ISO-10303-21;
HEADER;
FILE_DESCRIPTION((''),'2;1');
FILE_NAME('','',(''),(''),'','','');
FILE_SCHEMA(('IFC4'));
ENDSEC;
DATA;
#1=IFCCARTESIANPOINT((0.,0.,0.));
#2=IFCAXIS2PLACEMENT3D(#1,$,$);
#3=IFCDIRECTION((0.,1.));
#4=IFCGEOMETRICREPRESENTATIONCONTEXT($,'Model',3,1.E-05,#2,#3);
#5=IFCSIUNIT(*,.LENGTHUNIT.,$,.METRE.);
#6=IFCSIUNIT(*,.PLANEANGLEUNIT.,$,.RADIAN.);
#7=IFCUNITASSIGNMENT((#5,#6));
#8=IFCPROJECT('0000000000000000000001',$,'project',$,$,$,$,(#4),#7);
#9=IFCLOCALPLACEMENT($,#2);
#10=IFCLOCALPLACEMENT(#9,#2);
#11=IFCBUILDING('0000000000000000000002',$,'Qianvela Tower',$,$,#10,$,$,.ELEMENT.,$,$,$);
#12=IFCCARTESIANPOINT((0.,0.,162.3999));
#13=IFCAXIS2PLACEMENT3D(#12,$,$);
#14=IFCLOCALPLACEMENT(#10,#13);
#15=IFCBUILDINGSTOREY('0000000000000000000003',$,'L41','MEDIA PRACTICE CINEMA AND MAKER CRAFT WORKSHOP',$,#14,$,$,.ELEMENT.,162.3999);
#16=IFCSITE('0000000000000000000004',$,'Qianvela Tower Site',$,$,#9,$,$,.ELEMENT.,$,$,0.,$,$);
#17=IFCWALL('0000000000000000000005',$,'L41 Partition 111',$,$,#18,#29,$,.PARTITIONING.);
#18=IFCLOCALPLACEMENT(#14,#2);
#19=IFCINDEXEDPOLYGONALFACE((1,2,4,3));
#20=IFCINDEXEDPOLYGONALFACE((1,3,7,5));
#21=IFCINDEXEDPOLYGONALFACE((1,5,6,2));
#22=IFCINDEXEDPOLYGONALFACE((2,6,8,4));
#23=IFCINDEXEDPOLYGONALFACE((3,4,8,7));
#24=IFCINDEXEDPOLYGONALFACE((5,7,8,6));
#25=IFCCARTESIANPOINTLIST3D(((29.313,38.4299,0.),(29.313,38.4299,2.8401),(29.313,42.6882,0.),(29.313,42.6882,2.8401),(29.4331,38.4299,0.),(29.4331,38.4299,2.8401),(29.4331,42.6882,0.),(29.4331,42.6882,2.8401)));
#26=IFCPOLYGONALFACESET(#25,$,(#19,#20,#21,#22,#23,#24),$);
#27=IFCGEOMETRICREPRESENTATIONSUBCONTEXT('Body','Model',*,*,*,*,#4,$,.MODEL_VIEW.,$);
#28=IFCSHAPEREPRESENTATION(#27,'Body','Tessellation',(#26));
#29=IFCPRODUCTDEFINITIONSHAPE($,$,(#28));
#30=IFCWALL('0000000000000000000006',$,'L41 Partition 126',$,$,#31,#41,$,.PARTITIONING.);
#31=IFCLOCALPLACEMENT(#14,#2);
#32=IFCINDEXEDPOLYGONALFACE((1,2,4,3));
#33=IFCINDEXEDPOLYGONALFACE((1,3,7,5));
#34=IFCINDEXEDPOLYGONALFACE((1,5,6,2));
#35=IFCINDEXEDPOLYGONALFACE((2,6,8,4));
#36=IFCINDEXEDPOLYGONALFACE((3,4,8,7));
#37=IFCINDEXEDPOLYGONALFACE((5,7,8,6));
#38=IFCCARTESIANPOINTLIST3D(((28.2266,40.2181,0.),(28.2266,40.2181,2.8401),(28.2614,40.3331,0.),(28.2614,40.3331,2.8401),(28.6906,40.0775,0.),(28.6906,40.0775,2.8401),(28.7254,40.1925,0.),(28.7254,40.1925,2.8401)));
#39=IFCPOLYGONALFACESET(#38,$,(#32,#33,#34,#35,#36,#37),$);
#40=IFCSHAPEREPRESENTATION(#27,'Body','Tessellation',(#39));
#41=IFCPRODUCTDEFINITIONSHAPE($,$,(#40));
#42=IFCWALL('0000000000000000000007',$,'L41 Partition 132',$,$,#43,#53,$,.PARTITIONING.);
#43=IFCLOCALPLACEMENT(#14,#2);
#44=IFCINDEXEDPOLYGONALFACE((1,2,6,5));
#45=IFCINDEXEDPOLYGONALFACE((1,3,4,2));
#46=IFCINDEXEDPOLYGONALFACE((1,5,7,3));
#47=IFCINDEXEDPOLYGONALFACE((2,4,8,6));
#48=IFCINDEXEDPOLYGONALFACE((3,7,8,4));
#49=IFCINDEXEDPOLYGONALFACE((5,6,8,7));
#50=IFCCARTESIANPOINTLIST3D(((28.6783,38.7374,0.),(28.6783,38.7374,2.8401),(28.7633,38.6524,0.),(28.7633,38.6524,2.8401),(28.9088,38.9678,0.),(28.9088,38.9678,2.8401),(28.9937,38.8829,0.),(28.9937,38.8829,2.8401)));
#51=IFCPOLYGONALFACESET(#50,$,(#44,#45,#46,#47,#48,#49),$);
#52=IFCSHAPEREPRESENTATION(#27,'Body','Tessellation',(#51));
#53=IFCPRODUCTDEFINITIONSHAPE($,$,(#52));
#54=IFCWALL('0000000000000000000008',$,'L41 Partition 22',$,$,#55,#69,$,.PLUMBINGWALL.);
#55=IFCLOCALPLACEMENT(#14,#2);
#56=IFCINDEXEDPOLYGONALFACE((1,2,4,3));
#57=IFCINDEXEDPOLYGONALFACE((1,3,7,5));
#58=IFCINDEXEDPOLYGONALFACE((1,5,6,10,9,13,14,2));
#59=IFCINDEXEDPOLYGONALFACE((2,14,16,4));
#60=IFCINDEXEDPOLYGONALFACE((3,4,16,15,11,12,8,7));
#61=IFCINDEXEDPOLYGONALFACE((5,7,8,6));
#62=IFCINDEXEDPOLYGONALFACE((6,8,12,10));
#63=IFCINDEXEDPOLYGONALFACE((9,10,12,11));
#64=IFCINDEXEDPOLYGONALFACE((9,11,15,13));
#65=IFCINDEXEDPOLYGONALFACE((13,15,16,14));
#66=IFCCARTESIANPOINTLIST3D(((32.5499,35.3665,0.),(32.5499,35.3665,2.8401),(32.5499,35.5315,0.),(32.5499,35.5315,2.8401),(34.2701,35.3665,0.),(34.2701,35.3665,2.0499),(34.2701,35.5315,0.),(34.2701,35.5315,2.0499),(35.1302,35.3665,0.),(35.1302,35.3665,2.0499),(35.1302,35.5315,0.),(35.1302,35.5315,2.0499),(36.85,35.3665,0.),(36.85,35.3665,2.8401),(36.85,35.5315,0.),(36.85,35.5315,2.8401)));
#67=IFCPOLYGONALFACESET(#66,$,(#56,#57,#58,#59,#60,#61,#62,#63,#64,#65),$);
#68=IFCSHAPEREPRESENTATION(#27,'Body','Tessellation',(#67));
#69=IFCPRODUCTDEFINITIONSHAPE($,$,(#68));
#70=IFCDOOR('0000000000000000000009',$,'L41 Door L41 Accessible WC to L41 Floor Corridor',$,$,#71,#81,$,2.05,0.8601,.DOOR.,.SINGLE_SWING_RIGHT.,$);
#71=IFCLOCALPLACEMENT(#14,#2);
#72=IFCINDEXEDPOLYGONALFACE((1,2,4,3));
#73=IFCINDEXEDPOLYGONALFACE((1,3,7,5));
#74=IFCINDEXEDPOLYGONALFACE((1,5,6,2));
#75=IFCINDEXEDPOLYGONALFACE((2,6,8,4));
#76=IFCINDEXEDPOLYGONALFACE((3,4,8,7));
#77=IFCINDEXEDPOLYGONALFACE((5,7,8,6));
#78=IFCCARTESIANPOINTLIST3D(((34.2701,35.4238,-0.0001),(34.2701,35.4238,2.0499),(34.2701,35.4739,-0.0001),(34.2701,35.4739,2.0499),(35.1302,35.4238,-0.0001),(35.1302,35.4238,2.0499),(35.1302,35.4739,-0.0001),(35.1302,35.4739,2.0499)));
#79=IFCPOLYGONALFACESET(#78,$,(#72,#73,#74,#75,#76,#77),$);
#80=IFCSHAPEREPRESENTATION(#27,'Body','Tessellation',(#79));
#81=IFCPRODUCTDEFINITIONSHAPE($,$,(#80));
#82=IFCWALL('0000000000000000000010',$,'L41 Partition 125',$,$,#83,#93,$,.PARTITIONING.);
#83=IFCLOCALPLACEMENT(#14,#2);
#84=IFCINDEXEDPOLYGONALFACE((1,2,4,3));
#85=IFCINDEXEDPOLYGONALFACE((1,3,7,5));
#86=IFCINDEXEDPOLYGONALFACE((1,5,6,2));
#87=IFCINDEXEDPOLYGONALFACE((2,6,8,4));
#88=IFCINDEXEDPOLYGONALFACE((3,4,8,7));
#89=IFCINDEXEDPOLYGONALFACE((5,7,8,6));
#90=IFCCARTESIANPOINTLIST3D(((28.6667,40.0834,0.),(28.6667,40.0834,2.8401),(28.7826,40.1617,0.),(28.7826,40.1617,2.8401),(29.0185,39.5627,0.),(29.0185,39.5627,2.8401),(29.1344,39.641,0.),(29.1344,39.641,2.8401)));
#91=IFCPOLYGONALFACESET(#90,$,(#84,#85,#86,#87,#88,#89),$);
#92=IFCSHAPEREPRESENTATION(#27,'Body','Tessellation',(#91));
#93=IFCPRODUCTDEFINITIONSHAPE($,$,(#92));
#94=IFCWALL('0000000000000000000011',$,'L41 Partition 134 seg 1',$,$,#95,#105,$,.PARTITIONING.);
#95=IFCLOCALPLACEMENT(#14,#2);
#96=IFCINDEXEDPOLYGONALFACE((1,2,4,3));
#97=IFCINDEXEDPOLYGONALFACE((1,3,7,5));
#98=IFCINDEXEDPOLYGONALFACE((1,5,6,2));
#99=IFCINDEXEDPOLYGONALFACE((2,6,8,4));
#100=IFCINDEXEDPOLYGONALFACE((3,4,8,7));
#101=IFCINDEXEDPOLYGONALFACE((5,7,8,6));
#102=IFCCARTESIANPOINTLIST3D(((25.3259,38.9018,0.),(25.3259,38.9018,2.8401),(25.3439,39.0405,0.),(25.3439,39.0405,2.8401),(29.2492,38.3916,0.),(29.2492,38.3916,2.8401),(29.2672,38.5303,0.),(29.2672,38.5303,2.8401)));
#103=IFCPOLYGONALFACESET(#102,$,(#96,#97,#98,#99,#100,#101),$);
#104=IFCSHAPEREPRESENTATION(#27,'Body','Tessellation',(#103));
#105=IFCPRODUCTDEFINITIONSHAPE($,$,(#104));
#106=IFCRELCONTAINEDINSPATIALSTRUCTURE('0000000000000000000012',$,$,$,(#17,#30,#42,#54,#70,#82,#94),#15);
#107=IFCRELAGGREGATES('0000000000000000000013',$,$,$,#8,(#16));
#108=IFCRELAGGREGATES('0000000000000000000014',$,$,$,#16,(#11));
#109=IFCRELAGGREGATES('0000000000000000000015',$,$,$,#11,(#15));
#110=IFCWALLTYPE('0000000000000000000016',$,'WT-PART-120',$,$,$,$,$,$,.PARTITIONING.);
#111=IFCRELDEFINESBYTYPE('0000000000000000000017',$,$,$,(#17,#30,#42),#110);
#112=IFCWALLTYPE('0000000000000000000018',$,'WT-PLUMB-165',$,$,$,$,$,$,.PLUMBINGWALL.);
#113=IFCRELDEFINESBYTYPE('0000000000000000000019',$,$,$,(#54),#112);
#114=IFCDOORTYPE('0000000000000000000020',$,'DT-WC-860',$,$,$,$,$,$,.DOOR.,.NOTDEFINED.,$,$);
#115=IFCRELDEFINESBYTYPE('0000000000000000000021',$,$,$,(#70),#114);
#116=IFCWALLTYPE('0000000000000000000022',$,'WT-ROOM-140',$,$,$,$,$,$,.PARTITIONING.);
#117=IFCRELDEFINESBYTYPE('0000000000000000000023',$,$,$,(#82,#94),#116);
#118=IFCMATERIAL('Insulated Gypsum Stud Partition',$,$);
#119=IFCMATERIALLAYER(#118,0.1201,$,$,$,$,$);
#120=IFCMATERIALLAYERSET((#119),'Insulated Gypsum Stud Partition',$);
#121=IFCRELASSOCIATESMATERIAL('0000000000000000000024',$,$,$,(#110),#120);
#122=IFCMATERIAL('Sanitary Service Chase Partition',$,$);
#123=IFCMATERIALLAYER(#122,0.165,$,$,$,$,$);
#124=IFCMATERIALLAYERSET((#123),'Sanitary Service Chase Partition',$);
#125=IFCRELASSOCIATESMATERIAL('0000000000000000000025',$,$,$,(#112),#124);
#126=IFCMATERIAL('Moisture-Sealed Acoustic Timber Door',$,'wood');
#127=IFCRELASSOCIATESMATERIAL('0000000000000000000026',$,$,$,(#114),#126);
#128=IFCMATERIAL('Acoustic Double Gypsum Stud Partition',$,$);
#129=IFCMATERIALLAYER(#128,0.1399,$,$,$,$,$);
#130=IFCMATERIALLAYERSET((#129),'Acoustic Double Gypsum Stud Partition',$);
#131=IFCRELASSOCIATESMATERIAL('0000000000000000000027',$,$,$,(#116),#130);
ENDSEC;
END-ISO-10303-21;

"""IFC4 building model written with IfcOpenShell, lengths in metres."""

from ifc_helpers import new_model, si_unit, direction, frame, frame_2d, origin, place, context, subcontext, project, spatial, rectangle, extrude, material, layer, layer_set, type_object, element, fill, save


model = new_model("IFC4")

# Units and contexts
model_context = context("Model", 3, precision=1e-05, world=origin(), true_north=direction((0.0, 1.0)))
body_context = subcontext(model_context, "Body", "Model", "MODEL_VIEW")
ifc_project = project(units=[si_unit("LENGTHUNIT", "METRE"), si_unit("PLANEANGLEUNIT", "RADIAN")], contexts=[model_context])

# Site, building, storey
site_placement = place(None, origin())
site = spatial("IfcSite", under=ifc_project, at=site_placement, Name="Qianvela Tower Site", CompositionType="ELEMENT", RefElevation=0.0)
building_placement = place(site_placement, origin())
building = spatial("IfcBuilding", under=site, at=building_placement, Name="Qianvela Tower", CompositionType="ELEMENT")
storey_placement = place(building_placement, frame((0.0, 0.0, 162.3999)))
storey = spatial("IfcBuildingStorey", under=building, at=storey_placement, Name="L41", Description="MEDIA PRACTICE CINEMA AND MAKER CRAFT WORKSHOP", CompositionType="ELEMENT", Elevation=162.3999)

# Walls
ifc_material_1 = material(Name="Insulated Gypsum Stud Partition")
ifc_layer_1 = layer(ifc_material_1, 0.1201)
ifc_layer_set_1 = layer_set([ifc_layer_1], Name="Insulated Gypsum Stud Partition")
wall_type_1 = type_object("IfcWallType", Name="WT-PART-120", PredefinedType="PARTITIONING", material=ifc_layer_set_1)
wall_1_placement = place(storey_placement, frame((29.373, 38.4299, 0.0), z_axis=(0.0, 0.0, 1.0), x_axis=(0.0, 1.0, 0.0)))
element("IfcWall", 1, at=wall_1_placement, inside=storey, type_object=wall_type_1, Name="L41 Partition 111", PredefinedType="PARTITIONING", context=body_context, shape_type="SweptSolid", body=[
    extrude(rectangle(XDim=4.2583, YDim=0.1201, at=frame_2d((2.1292, 0.0))), origin(), (0.0, 0.0, 1.0), 2.8401),
])
wall_2_placement = place(storey_placement, frame((28.708, 40.135, 0.0), z_axis=(0.0, 0.0, 1.0), x_axis=(-0.957033, 0.289979, 0.0)))
element("IfcWall", 2, at=wall_2_placement, inside=storey, type_object=wall_type_1, Name="L41 Partition 126", PredefinedType="PARTITIONING", context=body_context, shape_type="SweptSolid", body=[
    extrude(rectangle(XDim=0.4849, YDim=0.1201, at=frame_2d((0.2424, 0.0))), origin(), (0.0, 0.0, 1.0), 2.8401),
])
wall_3_placement = place(storey_placement, frame((28.7207, 38.6948, 0.0), z_axis=(0.0, 0.0, 1.0), x_axis=(0.707107, 0.707107, 0.0)))
element("IfcWall", 3, at=wall_3_placement, inside=storey, type_object=wall_type_1, Name="L41 Partition 132", PredefinedType="PARTITIONING", context=body_context, shape_type="SweptSolid", body=[
    extrude(rectangle(XDim=0.3259, YDim=0.1201, at=frame_2d((0.1631, 0.0))), origin(), (0.0, 0.0, 1.0), 2.8401),
])

# Wall, opening, door
ifc_material_2 = material(Name="Sanitary Service Chase Partition")
ifc_layer_2 = layer(ifc_material_2, 0.165)
ifc_layer_set_2 = layer_set([ifc_layer_2], Name="Sanitary Service Chase Partition")
wall_type_2 = type_object("IfcWallType", Name="WT-PLUMB-165", PredefinedType="PLUMBINGWALL", material=ifc_layer_set_2)
wall_4_placement = place(storey_placement, frame((32.55, 35.449, 0.0), z_axis=(0.0, 0.0, 1.0), x_axis=(1.0, 0.0, 0.0)))
wall_4 = element("IfcWall", 4, at=wall_4_placement, inside=storey, type_object=wall_type_2, Name="L41 Partition 22", PredefinedType="PLUMBINGWALL", context=body_context, shape_type="SweptSolid", body=[
    extrude(rectangle(XDim=4.3, YDim=0.165, at=frame_2d((2.1499, 0.0))), origin(), (0.0, 0.0, 1.0), 2.8401),
])
opening_1_placement = place(wall_4_placement, frame((1.72, 0.0, 0.0)))
opening_1 = element("IfcOpeningElement", 5, at=opening_1_placement, cuts=wall_4, PredefinedType="OPENING", context=body_context, shape_type="SweptSolid", body=[
    extrude(rectangle(XDim=0.8601, YDim=2.05, at=frame_2d((0.4302, 1.0249))), frame((0.0, 0.0925, 0.0), z_axis=(0.0, -1.0, 0.0), x_axis=(1.0, 0.0, 0.0)), (0.0, 0.0, 1.0), 0.1851),
])
ifc_material_3 = material(Name="Moisture-Sealed Acoustic Timber Door", Category="wood")
door_type_1 = type_object("IfcDoorType", Name="DT-WC-860", OperationType="NOTDEFINED", PredefinedType="DOOR", material=ifc_material_3)
door_1_placement = place(opening_1_placement, origin())
door_1 = element("IfcDoor", 6, at=door_1_placement, inside=storey, type_object=door_type_1, Name="L41 Door L41 Accessible WC to L41 Floor Corridor", OperationType="SINGLE_SWING_RIGHT", OverallHeight=2.05, OverallWidth=0.8601, PredefinedType="DOOR", context=body_context, shape_type="SweptSolid", body=[
    extrude(rectangle(XDim=0.8601, YDim=2.05, at=frame_2d((0.4302, 1.0249))), frame((0.0, 0.0249, 0.0), z_axis=(0.0, -1.0, 0.0), x_axis=(1.0, 0.0, 0.0)), (0.0, 0.0, 1.0), 0.05),
])
fill(opening_1, door_1)

# Walls
ifc_material_4 = material(Name="Acoustic Double Gypsum Stud Partition")
ifc_layer_3 = layer(ifc_material_4, 0.1399)
ifc_layer_set_3 = layer_set([ifc_layer_3], Name="Acoustic Double Gypsum Stud Partition")
wall_type_3 = type_object("IfcWallType", Name="WT-ROOM-140", PredefinedType="PARTITIONING", material=ifc_layer_set_3)
wall_5_placement = place(storey_placement, frame((29.0764, 39.6018, 0.0), z_axis=(0.0, 0.0, 1.0), x_axis=(-0.5598, 0.828628, 0.0)))
element("IfcWall", 7, at=wall_5_placement, inside=storey, type_object=wall_type_3, Name="L41 Partition 125", PredefinedType="PARTITIONING", context=body_context, shape_type="SweptSolid", body=[
    extrude(rectangle(XDim=0.6284, YDim=0.1399, at=frame_2d((0.3142, 0.0))), origin(), (0.0, 0.0, 1.0), 2.8401),
])
wall_6_placement = place(storey_placement, frame((29.2581, 38.4609, 0.0), z_axis=(0.0, 0.0, 1.0), x_axis=(-0.991649, 0.12897, 0.0)))
element("IfcWall", 8, at=wall_6_placement, inside=storey, type_object=wall_type_3, Name="L41 Partition 134 seg 1", PredefinedType="PARTITIONING", context=body_context, shape_type="SweptSolid", body=[
    extrude(rectangle(XDim=3.9563, YDim=0.1399, at=frame_2d((1.978, 0.0))), origin(), (0.0, 0.0, 1.0), 2.8401),
])

save(model, "model.ifc")
